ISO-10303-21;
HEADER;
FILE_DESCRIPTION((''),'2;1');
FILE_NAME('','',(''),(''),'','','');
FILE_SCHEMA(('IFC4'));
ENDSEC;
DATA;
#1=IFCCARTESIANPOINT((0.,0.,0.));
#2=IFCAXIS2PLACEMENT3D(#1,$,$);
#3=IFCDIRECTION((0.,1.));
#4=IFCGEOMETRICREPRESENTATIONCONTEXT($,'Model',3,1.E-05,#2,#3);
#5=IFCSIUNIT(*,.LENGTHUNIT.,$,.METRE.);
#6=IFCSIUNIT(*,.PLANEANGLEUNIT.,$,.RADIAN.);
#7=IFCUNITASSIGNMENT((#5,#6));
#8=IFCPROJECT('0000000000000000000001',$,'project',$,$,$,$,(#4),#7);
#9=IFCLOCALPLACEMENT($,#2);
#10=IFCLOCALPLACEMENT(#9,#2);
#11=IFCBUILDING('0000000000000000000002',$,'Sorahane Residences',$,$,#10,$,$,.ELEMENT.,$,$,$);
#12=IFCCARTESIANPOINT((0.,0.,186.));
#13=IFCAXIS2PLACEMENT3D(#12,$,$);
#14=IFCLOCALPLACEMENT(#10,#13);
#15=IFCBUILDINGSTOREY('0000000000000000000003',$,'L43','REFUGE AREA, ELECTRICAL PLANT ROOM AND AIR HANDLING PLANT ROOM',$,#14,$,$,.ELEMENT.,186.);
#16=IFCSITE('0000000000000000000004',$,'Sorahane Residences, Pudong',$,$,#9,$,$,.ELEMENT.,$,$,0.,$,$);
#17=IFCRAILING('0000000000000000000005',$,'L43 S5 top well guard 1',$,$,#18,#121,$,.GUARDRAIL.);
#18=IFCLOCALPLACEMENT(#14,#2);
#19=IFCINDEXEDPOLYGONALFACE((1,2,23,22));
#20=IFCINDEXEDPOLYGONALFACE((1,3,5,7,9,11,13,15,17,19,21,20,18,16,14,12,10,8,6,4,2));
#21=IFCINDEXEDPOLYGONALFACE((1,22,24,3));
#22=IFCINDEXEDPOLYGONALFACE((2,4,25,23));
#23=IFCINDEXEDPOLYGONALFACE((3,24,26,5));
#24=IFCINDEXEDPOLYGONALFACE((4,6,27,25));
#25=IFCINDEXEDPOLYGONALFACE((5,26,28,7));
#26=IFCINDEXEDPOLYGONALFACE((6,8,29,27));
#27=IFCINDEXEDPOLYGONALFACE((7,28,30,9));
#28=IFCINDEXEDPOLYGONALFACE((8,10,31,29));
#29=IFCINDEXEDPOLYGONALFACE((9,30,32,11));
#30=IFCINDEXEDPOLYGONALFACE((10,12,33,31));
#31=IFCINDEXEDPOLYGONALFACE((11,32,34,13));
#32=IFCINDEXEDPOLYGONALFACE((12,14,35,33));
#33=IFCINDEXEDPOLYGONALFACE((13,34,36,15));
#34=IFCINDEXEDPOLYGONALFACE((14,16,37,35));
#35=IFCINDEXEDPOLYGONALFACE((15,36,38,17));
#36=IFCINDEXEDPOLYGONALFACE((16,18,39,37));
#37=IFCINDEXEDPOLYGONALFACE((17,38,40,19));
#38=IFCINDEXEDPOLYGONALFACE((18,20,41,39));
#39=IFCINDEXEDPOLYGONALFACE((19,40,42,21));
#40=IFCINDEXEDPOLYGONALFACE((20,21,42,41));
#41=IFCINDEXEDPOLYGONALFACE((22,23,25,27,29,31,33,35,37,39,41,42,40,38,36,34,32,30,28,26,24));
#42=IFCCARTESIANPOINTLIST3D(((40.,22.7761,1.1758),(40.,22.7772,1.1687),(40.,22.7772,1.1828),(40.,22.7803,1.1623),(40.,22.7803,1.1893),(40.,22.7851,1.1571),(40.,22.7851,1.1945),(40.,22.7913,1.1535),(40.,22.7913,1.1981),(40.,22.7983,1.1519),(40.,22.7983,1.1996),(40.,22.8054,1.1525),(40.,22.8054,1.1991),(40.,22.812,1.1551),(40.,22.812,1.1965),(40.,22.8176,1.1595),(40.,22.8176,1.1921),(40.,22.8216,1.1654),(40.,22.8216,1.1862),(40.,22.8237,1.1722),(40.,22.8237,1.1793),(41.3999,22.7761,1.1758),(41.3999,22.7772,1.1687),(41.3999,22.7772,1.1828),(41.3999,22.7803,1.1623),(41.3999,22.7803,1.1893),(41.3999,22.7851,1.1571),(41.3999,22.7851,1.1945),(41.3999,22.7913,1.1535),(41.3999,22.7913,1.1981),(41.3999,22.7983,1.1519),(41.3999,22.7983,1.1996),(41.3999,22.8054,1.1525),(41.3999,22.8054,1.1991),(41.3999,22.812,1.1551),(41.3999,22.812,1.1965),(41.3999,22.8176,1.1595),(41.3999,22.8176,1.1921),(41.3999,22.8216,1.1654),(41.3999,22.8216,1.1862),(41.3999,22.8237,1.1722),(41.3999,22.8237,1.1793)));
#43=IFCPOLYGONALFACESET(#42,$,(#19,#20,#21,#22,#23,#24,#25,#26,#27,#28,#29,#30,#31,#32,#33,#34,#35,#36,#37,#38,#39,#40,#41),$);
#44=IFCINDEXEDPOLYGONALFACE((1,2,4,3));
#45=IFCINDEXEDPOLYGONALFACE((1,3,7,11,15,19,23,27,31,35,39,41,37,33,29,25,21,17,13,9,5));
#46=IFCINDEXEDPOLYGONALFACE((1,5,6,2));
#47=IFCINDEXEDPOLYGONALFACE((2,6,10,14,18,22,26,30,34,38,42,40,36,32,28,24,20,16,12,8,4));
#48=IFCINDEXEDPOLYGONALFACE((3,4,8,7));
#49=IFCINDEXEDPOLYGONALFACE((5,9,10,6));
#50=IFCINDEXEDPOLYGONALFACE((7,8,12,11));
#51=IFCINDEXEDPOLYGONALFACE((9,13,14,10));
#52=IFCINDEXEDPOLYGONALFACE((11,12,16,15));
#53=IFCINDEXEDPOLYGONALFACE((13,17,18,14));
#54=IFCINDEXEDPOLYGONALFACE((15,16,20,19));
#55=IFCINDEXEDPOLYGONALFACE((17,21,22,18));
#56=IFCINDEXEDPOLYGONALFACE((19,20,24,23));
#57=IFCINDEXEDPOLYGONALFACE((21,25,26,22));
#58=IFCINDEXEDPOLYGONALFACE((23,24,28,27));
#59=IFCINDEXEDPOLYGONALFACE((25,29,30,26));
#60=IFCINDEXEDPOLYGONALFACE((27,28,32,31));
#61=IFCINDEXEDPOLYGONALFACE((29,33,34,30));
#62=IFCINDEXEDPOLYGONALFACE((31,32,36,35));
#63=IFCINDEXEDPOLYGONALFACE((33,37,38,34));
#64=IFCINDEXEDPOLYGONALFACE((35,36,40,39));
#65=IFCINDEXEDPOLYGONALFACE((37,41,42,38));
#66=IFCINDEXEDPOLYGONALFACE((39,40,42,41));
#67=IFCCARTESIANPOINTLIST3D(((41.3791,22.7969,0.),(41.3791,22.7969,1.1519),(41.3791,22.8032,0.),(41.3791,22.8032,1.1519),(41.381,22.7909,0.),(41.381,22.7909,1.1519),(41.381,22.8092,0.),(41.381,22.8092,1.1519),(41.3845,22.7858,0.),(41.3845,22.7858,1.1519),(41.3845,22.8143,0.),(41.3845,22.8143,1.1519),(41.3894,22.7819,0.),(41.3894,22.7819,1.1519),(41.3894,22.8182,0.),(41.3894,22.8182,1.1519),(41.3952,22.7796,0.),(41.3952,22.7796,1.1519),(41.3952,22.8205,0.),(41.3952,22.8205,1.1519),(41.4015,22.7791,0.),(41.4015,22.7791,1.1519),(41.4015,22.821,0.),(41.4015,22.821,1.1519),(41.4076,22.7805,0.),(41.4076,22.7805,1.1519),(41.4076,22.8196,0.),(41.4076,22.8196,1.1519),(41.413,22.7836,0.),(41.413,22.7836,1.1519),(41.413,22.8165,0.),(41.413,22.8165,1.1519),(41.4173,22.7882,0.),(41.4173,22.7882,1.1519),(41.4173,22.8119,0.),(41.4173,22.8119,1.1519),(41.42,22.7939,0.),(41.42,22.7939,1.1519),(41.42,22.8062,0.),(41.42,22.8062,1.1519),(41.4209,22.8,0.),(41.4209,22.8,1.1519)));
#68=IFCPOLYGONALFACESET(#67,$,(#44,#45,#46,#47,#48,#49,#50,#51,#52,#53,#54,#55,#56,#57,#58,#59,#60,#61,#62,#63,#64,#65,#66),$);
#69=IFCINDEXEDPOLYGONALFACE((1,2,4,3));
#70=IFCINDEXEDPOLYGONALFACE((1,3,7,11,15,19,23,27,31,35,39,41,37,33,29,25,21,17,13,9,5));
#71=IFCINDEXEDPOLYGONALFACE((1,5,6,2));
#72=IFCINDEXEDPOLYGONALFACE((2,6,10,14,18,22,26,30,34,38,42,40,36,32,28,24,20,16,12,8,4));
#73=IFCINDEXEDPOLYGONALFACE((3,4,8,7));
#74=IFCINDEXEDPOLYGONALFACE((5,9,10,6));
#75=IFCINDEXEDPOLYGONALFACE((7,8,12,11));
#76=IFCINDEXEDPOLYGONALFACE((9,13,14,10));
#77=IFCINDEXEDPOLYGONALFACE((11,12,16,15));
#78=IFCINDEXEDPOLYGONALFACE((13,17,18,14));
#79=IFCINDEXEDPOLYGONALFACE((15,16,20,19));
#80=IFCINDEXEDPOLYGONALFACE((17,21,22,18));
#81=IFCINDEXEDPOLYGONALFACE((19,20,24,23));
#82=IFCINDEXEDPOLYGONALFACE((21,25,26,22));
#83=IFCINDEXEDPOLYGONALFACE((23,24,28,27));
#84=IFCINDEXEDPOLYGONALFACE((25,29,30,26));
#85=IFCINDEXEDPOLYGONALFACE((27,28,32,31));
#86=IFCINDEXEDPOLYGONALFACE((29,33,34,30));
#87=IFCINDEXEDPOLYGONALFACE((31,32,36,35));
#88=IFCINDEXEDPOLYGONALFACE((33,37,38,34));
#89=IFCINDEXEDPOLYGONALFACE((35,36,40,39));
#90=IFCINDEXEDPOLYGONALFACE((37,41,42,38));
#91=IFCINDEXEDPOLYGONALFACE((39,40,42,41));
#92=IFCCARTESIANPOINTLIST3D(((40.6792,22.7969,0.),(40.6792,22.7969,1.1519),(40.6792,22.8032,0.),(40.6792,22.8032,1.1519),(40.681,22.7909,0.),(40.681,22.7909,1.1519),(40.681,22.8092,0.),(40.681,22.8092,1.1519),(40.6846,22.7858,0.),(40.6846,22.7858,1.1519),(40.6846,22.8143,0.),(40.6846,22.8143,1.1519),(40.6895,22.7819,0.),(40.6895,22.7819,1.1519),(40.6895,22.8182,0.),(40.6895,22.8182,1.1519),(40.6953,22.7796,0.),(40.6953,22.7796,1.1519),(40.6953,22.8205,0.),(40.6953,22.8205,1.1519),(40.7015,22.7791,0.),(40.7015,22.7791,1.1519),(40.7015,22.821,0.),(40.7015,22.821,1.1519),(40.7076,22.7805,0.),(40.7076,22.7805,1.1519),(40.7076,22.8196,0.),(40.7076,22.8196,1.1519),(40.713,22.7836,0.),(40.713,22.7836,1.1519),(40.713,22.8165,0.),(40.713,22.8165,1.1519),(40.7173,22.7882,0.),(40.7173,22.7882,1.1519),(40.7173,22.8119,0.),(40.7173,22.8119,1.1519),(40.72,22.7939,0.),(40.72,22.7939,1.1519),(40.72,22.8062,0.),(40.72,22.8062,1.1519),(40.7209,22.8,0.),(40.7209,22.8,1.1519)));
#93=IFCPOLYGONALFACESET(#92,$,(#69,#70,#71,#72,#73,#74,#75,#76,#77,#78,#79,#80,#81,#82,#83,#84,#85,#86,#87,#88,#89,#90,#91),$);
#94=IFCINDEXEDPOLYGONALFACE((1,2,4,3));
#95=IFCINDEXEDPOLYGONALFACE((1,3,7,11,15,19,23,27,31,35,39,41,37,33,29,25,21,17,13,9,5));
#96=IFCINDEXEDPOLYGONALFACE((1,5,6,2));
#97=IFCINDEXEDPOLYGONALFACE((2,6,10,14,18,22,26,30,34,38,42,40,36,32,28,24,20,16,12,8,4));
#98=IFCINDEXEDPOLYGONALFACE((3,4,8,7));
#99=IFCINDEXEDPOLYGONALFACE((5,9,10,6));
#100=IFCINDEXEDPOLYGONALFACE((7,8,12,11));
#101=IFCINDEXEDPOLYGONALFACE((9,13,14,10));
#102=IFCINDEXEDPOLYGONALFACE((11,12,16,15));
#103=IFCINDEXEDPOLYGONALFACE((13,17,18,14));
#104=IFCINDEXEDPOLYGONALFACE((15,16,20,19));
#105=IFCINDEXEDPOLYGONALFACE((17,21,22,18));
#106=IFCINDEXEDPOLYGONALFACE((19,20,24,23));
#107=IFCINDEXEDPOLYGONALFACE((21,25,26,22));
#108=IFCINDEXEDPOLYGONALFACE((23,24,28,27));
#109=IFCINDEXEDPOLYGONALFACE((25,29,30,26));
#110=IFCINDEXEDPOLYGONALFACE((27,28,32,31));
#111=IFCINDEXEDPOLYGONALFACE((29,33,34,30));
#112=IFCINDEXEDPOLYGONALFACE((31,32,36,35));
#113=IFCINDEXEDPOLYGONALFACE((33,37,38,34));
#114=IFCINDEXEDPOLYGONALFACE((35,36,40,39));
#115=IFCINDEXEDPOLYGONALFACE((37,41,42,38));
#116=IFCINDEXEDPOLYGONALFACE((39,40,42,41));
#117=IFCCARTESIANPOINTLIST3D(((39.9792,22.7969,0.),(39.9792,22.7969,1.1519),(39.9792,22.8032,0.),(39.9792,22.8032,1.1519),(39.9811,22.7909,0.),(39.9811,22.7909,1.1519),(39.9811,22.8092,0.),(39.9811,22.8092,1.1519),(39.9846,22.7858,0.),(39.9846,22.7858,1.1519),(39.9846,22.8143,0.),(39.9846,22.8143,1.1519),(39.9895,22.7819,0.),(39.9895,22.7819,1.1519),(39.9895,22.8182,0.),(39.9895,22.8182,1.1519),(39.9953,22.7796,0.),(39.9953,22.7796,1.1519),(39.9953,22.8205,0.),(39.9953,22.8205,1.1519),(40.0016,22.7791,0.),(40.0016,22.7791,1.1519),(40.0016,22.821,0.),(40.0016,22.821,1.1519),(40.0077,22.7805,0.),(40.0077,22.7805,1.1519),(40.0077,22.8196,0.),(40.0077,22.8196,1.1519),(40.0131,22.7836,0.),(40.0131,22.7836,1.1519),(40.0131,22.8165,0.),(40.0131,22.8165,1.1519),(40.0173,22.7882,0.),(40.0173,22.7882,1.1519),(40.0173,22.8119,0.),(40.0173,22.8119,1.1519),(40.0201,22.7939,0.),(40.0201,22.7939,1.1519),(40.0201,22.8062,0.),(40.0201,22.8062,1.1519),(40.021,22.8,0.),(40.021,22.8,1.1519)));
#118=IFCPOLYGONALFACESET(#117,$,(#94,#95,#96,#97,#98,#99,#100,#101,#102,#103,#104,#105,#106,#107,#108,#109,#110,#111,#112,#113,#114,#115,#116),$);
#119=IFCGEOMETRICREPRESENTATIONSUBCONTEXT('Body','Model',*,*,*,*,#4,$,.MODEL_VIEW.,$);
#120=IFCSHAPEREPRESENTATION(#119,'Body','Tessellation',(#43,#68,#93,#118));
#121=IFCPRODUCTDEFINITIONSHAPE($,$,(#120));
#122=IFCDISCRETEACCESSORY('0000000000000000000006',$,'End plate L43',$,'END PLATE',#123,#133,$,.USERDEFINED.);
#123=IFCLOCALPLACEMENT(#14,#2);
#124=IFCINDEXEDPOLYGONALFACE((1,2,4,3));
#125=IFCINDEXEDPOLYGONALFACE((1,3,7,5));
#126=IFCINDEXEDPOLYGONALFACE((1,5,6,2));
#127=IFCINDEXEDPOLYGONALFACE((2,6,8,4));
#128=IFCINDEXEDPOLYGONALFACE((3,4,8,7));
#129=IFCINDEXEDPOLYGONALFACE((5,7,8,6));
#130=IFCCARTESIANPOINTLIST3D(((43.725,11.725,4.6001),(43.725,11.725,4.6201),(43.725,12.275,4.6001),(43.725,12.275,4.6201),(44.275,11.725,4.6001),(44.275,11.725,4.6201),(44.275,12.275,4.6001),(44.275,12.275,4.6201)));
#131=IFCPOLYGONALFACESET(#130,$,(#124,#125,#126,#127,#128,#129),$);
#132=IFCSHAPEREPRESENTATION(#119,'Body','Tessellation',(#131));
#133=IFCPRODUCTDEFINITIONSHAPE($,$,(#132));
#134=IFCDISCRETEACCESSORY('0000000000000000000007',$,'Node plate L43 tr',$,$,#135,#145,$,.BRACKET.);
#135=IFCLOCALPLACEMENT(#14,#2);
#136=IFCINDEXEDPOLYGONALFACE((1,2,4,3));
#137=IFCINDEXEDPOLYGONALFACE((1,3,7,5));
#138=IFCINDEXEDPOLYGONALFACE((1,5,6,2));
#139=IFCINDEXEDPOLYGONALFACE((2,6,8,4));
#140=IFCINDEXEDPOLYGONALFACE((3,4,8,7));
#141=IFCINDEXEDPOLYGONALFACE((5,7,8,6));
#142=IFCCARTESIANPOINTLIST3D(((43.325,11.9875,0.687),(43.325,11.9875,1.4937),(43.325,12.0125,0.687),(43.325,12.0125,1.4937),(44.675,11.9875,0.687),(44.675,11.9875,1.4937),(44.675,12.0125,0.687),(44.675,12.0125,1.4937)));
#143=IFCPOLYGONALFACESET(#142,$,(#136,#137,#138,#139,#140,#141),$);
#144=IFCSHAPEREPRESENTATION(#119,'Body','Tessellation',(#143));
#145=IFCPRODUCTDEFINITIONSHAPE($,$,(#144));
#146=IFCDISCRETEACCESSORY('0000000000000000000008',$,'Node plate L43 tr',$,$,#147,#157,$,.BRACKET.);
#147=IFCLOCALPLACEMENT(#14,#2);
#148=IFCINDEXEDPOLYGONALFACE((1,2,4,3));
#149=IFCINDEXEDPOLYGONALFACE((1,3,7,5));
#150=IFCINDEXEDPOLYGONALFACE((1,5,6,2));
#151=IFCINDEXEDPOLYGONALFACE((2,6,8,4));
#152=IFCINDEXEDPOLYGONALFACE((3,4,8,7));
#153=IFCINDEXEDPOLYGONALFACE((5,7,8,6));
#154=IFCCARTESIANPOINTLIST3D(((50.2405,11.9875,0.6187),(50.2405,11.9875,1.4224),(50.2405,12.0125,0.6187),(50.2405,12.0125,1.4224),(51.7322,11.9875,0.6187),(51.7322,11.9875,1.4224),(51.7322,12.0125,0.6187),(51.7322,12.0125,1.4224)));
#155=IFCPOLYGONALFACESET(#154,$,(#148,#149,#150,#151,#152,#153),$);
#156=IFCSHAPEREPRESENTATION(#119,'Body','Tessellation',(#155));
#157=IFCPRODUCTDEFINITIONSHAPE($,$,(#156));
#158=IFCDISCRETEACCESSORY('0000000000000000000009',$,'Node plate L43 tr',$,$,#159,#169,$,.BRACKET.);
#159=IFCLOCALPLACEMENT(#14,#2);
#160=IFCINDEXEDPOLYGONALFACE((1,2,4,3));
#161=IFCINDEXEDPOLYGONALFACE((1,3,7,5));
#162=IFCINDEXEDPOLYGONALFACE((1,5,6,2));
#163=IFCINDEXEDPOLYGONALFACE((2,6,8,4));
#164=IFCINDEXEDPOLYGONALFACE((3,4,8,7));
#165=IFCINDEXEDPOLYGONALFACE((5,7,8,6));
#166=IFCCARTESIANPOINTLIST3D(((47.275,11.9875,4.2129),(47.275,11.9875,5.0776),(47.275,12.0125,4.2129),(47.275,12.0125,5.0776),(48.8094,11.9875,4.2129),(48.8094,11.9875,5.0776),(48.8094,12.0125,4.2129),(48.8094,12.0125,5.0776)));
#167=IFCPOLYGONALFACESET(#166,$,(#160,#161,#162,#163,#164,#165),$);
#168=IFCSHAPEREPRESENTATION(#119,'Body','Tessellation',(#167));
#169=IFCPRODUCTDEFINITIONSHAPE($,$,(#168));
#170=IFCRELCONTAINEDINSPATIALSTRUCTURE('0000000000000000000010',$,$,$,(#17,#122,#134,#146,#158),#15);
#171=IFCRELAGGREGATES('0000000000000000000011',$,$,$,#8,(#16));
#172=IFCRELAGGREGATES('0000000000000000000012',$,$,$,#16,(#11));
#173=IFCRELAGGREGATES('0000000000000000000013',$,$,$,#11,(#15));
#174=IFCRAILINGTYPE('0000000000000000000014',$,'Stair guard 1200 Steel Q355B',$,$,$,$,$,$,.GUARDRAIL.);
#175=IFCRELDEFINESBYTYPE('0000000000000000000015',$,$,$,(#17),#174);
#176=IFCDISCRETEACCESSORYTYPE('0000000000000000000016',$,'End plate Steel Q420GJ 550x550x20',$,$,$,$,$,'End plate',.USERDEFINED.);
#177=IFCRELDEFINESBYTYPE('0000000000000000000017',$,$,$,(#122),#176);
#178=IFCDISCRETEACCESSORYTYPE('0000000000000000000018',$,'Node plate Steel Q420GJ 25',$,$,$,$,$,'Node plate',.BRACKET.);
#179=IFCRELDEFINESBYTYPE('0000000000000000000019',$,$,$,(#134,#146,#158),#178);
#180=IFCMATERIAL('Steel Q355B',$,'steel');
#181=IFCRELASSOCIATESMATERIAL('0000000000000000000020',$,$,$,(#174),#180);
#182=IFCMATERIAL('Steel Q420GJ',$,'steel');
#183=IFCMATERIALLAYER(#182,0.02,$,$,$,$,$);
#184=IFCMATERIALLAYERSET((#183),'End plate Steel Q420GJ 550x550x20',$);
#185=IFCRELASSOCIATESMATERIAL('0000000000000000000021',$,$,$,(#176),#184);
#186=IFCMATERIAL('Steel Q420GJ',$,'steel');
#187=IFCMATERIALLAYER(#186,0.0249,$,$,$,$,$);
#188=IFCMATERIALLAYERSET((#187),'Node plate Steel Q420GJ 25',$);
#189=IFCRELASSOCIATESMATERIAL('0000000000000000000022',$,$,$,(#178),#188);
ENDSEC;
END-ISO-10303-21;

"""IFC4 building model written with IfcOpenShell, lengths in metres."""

from ifc_helpers import new_model, si_unit, direction, frame, origin, origin_2d, place, context, subcontext, project, spatial, rectangle, circle, extrude, material, layer, layer_set, type_object, element, save


model = new_model("IFC4")

# Units and contexts
model_context = context("Model", 3, precision=1e-05, world=origin(), true_north=direction((0.0, 1.0)))
body_context = subcontext(model_context, "Body", "Model", "MODEL_VIEW")
ifc_project = project(units=[si_unit("LENGTHUNIT", "METRE"), si_unit("PLANEANGLEUNIT", "RADIAN")], contexts=[model_context])

# Site, building, storey
site_placement = place(None, origin())
site = spatial("IfcSite", under=ifc_project, at=site_placement, Name="Sorahane Residences, Pudong", CompositionType="ELEMENT", RefElevation=0.0)
building_placement = place(site_placement, origin())
building = spatial("IfcBuilding", under=site, at=building_placement, Name="Sorahane Residences", CompositionType="ELEMENT")
storey_placement = place(building_placement, frame((0.0, 0.0, 186.0)))
storey = spatial("IfcBuildingStorey", under=building, at=storey_placement, Name="L43", Description="REFUGE AREA, ELECTRICAL PLANT ROOM AND AIR HANDLING PLANT ROOM", CompositionType="ELEMENT", Elevation=186.0)

# Railing
ifc_material_1 = material(Name="Steel Q355B", Category="steel")
railing_type = type_object("IfcRailingType", Name="Stair guard 1200 Steel Q355B", PredefinedType="GUARDRAIL", material=ifc_material_1)
railing_placement = place(storey_placement, frame((41.3999, 22.8, 0.0)))
element("IfcRailing", 1, at=railing_placement, inside=storey, type_object=railing_type, Name="L43 S5 top well guard 1", PredefinedType="GUARDRAIL", context=body_context, shape_type="SweptSolid", body=[
    extrude(circle(Radius=0.0239, at=origin_2d()), frame((0.0, 0.0, 1.1758), z_axis=(-1.0, 0.0, 0.0), x_axis=(0.0, -1.0, 0.0)), (0.0, 0.0, 1.0), 1.3999),
    extrude(circle(Radius=0.021, at=origin_2d()), origin(), (0.0, 0.0, 1.0), 1.1519),
    extrude(circle(Radius=0.021, at=origin_2d()), frame((-0.7, 0.0, 0.0)), (0.0, 0.0, 1.0), 1.1519),
    extrude(circle(Radius=0.021, at=origin_2d()), frame((-1.3999, 0.0, 0.0)), (0.0, 0.0, 1.0), 1.1519),
])

# Discrete accessories
ifc_material_2 = material(Name="Steel Q420GJ", Category="steel")
ifc_layer_1 = layer(ifc_material_2, 0.02)
ifc_layer_set_1 = layer_set([ifc_layer_1], Name="End plate Steel Q420GJ 550x550x20")
discrete_accessory_type_1 = type_object("IfcDiscreteAccessoryType", Name="End plate Steel Q420GJ 550x550x20", ElementType="End plate", PredefinedType="USERDEFINED", material=ifc_layer_set_1)
discrete_accessory_1_placement = place(storey_placement, frame((44.0, 12.0, 4.6001), z_axis=(0.0, 0.0, 1.0), x_axis=(1.0, 0.0, 0.0)))
element("IfcDiscreteAccessory", 2, at=discrete_accessory_1_placement, inside=storey, type_object=discrete_accessory_type_1, Name="End plate L43", ObjectType="END PLATE", PredefinedType="USERDEFINED", context=body_context, shape_type="SweptSolid", body=[
    extrude(rectangle(XDim=0.55, YDim=0.55, at=origin_2d()), origin(), (0.0, 0.0, 1.0), 0.02),
])
ifc_material_3 = material(Name="Steel Q420GJ", Category="steel")
ifc_layer_2 = layer(ifc_material_3, 0.0249)
ifc_layer_set_2 = layer_set([ifc_layer_2], Name="Node plate Steel Q420GJ 25")
discrete_accessory_type_2 = type_object("IfcDiscreteAccessoryType", Name="Node plate Steel Q420GJ 25", ElementType="Node plate", PredefinedType="BRACKET", material=ifc_layer_set_2)
discrete_accessory_2_placement = place(storey_placement, frame((44.0, 12.0, 0.687), z_axis=(0.0, 0.0, 1.0), x_axis=(1.0, 0.0, 0.0)))
element("IfcDiscreteAccessory", 3, at=discrete_accessory_2_placement, inside=storey, type_object=discrete_accessory_type_2, Name="Node plate L43 tr", PredefinedType="BRACKET", context=body_context, shape_type="SweptSolid", body=[
    extrude(rectangle(XDim=1.3501, YDim=0.0249, at=origin_2d()), origin(), (0.0, 0.0, 1.0), 0.8066),
])
discrete_accessory_3_placement = place(storey_placement, frame((50.9863, 12.0, 0.6187), z_axis=(0.0, 0.0, 1.0), x_axis=(1.0, 0.0, 0.0)))
element("IfcDiscreteAccessory", 4, at=discrete_accessory_3_placement, inside=storey, type_object=discrete_accessory_type_2, Name="Node plate L43 tr", PredefinedType="BRACKET", context=body_context, shape_type="SweptSolid", body=[
    extrude(rectangle(XDim=1.4917, YDim=0.0249, at=origin_2d()), origin(), (0.0, 0.0, 1.0), 0.8037),
])
discrete_accessory_4_placement = place(storey_placement, frame((48.0422, 12.0, 4.2129), z_axis=(0.0, 0.0, 1.0), x_axis=(1.0, 0.0, 0.0)))
element("IfcDiscreteAccessory", 5, at=discrete_accessory_4_placement, inside=storey, type_object=discrete_accessory_type_2, Name="Node plate L43 tr", PredefinedType="BRACKET", context=body_context, shape_type="SweptSolid", body=[
    extrude(rectangle(XDim=1.5344, YDim=0.0249, at=origin_2d()), origin(), (0.0, 0.0, 1.0), 0.8647),
])

save(model, "model.ifc")
